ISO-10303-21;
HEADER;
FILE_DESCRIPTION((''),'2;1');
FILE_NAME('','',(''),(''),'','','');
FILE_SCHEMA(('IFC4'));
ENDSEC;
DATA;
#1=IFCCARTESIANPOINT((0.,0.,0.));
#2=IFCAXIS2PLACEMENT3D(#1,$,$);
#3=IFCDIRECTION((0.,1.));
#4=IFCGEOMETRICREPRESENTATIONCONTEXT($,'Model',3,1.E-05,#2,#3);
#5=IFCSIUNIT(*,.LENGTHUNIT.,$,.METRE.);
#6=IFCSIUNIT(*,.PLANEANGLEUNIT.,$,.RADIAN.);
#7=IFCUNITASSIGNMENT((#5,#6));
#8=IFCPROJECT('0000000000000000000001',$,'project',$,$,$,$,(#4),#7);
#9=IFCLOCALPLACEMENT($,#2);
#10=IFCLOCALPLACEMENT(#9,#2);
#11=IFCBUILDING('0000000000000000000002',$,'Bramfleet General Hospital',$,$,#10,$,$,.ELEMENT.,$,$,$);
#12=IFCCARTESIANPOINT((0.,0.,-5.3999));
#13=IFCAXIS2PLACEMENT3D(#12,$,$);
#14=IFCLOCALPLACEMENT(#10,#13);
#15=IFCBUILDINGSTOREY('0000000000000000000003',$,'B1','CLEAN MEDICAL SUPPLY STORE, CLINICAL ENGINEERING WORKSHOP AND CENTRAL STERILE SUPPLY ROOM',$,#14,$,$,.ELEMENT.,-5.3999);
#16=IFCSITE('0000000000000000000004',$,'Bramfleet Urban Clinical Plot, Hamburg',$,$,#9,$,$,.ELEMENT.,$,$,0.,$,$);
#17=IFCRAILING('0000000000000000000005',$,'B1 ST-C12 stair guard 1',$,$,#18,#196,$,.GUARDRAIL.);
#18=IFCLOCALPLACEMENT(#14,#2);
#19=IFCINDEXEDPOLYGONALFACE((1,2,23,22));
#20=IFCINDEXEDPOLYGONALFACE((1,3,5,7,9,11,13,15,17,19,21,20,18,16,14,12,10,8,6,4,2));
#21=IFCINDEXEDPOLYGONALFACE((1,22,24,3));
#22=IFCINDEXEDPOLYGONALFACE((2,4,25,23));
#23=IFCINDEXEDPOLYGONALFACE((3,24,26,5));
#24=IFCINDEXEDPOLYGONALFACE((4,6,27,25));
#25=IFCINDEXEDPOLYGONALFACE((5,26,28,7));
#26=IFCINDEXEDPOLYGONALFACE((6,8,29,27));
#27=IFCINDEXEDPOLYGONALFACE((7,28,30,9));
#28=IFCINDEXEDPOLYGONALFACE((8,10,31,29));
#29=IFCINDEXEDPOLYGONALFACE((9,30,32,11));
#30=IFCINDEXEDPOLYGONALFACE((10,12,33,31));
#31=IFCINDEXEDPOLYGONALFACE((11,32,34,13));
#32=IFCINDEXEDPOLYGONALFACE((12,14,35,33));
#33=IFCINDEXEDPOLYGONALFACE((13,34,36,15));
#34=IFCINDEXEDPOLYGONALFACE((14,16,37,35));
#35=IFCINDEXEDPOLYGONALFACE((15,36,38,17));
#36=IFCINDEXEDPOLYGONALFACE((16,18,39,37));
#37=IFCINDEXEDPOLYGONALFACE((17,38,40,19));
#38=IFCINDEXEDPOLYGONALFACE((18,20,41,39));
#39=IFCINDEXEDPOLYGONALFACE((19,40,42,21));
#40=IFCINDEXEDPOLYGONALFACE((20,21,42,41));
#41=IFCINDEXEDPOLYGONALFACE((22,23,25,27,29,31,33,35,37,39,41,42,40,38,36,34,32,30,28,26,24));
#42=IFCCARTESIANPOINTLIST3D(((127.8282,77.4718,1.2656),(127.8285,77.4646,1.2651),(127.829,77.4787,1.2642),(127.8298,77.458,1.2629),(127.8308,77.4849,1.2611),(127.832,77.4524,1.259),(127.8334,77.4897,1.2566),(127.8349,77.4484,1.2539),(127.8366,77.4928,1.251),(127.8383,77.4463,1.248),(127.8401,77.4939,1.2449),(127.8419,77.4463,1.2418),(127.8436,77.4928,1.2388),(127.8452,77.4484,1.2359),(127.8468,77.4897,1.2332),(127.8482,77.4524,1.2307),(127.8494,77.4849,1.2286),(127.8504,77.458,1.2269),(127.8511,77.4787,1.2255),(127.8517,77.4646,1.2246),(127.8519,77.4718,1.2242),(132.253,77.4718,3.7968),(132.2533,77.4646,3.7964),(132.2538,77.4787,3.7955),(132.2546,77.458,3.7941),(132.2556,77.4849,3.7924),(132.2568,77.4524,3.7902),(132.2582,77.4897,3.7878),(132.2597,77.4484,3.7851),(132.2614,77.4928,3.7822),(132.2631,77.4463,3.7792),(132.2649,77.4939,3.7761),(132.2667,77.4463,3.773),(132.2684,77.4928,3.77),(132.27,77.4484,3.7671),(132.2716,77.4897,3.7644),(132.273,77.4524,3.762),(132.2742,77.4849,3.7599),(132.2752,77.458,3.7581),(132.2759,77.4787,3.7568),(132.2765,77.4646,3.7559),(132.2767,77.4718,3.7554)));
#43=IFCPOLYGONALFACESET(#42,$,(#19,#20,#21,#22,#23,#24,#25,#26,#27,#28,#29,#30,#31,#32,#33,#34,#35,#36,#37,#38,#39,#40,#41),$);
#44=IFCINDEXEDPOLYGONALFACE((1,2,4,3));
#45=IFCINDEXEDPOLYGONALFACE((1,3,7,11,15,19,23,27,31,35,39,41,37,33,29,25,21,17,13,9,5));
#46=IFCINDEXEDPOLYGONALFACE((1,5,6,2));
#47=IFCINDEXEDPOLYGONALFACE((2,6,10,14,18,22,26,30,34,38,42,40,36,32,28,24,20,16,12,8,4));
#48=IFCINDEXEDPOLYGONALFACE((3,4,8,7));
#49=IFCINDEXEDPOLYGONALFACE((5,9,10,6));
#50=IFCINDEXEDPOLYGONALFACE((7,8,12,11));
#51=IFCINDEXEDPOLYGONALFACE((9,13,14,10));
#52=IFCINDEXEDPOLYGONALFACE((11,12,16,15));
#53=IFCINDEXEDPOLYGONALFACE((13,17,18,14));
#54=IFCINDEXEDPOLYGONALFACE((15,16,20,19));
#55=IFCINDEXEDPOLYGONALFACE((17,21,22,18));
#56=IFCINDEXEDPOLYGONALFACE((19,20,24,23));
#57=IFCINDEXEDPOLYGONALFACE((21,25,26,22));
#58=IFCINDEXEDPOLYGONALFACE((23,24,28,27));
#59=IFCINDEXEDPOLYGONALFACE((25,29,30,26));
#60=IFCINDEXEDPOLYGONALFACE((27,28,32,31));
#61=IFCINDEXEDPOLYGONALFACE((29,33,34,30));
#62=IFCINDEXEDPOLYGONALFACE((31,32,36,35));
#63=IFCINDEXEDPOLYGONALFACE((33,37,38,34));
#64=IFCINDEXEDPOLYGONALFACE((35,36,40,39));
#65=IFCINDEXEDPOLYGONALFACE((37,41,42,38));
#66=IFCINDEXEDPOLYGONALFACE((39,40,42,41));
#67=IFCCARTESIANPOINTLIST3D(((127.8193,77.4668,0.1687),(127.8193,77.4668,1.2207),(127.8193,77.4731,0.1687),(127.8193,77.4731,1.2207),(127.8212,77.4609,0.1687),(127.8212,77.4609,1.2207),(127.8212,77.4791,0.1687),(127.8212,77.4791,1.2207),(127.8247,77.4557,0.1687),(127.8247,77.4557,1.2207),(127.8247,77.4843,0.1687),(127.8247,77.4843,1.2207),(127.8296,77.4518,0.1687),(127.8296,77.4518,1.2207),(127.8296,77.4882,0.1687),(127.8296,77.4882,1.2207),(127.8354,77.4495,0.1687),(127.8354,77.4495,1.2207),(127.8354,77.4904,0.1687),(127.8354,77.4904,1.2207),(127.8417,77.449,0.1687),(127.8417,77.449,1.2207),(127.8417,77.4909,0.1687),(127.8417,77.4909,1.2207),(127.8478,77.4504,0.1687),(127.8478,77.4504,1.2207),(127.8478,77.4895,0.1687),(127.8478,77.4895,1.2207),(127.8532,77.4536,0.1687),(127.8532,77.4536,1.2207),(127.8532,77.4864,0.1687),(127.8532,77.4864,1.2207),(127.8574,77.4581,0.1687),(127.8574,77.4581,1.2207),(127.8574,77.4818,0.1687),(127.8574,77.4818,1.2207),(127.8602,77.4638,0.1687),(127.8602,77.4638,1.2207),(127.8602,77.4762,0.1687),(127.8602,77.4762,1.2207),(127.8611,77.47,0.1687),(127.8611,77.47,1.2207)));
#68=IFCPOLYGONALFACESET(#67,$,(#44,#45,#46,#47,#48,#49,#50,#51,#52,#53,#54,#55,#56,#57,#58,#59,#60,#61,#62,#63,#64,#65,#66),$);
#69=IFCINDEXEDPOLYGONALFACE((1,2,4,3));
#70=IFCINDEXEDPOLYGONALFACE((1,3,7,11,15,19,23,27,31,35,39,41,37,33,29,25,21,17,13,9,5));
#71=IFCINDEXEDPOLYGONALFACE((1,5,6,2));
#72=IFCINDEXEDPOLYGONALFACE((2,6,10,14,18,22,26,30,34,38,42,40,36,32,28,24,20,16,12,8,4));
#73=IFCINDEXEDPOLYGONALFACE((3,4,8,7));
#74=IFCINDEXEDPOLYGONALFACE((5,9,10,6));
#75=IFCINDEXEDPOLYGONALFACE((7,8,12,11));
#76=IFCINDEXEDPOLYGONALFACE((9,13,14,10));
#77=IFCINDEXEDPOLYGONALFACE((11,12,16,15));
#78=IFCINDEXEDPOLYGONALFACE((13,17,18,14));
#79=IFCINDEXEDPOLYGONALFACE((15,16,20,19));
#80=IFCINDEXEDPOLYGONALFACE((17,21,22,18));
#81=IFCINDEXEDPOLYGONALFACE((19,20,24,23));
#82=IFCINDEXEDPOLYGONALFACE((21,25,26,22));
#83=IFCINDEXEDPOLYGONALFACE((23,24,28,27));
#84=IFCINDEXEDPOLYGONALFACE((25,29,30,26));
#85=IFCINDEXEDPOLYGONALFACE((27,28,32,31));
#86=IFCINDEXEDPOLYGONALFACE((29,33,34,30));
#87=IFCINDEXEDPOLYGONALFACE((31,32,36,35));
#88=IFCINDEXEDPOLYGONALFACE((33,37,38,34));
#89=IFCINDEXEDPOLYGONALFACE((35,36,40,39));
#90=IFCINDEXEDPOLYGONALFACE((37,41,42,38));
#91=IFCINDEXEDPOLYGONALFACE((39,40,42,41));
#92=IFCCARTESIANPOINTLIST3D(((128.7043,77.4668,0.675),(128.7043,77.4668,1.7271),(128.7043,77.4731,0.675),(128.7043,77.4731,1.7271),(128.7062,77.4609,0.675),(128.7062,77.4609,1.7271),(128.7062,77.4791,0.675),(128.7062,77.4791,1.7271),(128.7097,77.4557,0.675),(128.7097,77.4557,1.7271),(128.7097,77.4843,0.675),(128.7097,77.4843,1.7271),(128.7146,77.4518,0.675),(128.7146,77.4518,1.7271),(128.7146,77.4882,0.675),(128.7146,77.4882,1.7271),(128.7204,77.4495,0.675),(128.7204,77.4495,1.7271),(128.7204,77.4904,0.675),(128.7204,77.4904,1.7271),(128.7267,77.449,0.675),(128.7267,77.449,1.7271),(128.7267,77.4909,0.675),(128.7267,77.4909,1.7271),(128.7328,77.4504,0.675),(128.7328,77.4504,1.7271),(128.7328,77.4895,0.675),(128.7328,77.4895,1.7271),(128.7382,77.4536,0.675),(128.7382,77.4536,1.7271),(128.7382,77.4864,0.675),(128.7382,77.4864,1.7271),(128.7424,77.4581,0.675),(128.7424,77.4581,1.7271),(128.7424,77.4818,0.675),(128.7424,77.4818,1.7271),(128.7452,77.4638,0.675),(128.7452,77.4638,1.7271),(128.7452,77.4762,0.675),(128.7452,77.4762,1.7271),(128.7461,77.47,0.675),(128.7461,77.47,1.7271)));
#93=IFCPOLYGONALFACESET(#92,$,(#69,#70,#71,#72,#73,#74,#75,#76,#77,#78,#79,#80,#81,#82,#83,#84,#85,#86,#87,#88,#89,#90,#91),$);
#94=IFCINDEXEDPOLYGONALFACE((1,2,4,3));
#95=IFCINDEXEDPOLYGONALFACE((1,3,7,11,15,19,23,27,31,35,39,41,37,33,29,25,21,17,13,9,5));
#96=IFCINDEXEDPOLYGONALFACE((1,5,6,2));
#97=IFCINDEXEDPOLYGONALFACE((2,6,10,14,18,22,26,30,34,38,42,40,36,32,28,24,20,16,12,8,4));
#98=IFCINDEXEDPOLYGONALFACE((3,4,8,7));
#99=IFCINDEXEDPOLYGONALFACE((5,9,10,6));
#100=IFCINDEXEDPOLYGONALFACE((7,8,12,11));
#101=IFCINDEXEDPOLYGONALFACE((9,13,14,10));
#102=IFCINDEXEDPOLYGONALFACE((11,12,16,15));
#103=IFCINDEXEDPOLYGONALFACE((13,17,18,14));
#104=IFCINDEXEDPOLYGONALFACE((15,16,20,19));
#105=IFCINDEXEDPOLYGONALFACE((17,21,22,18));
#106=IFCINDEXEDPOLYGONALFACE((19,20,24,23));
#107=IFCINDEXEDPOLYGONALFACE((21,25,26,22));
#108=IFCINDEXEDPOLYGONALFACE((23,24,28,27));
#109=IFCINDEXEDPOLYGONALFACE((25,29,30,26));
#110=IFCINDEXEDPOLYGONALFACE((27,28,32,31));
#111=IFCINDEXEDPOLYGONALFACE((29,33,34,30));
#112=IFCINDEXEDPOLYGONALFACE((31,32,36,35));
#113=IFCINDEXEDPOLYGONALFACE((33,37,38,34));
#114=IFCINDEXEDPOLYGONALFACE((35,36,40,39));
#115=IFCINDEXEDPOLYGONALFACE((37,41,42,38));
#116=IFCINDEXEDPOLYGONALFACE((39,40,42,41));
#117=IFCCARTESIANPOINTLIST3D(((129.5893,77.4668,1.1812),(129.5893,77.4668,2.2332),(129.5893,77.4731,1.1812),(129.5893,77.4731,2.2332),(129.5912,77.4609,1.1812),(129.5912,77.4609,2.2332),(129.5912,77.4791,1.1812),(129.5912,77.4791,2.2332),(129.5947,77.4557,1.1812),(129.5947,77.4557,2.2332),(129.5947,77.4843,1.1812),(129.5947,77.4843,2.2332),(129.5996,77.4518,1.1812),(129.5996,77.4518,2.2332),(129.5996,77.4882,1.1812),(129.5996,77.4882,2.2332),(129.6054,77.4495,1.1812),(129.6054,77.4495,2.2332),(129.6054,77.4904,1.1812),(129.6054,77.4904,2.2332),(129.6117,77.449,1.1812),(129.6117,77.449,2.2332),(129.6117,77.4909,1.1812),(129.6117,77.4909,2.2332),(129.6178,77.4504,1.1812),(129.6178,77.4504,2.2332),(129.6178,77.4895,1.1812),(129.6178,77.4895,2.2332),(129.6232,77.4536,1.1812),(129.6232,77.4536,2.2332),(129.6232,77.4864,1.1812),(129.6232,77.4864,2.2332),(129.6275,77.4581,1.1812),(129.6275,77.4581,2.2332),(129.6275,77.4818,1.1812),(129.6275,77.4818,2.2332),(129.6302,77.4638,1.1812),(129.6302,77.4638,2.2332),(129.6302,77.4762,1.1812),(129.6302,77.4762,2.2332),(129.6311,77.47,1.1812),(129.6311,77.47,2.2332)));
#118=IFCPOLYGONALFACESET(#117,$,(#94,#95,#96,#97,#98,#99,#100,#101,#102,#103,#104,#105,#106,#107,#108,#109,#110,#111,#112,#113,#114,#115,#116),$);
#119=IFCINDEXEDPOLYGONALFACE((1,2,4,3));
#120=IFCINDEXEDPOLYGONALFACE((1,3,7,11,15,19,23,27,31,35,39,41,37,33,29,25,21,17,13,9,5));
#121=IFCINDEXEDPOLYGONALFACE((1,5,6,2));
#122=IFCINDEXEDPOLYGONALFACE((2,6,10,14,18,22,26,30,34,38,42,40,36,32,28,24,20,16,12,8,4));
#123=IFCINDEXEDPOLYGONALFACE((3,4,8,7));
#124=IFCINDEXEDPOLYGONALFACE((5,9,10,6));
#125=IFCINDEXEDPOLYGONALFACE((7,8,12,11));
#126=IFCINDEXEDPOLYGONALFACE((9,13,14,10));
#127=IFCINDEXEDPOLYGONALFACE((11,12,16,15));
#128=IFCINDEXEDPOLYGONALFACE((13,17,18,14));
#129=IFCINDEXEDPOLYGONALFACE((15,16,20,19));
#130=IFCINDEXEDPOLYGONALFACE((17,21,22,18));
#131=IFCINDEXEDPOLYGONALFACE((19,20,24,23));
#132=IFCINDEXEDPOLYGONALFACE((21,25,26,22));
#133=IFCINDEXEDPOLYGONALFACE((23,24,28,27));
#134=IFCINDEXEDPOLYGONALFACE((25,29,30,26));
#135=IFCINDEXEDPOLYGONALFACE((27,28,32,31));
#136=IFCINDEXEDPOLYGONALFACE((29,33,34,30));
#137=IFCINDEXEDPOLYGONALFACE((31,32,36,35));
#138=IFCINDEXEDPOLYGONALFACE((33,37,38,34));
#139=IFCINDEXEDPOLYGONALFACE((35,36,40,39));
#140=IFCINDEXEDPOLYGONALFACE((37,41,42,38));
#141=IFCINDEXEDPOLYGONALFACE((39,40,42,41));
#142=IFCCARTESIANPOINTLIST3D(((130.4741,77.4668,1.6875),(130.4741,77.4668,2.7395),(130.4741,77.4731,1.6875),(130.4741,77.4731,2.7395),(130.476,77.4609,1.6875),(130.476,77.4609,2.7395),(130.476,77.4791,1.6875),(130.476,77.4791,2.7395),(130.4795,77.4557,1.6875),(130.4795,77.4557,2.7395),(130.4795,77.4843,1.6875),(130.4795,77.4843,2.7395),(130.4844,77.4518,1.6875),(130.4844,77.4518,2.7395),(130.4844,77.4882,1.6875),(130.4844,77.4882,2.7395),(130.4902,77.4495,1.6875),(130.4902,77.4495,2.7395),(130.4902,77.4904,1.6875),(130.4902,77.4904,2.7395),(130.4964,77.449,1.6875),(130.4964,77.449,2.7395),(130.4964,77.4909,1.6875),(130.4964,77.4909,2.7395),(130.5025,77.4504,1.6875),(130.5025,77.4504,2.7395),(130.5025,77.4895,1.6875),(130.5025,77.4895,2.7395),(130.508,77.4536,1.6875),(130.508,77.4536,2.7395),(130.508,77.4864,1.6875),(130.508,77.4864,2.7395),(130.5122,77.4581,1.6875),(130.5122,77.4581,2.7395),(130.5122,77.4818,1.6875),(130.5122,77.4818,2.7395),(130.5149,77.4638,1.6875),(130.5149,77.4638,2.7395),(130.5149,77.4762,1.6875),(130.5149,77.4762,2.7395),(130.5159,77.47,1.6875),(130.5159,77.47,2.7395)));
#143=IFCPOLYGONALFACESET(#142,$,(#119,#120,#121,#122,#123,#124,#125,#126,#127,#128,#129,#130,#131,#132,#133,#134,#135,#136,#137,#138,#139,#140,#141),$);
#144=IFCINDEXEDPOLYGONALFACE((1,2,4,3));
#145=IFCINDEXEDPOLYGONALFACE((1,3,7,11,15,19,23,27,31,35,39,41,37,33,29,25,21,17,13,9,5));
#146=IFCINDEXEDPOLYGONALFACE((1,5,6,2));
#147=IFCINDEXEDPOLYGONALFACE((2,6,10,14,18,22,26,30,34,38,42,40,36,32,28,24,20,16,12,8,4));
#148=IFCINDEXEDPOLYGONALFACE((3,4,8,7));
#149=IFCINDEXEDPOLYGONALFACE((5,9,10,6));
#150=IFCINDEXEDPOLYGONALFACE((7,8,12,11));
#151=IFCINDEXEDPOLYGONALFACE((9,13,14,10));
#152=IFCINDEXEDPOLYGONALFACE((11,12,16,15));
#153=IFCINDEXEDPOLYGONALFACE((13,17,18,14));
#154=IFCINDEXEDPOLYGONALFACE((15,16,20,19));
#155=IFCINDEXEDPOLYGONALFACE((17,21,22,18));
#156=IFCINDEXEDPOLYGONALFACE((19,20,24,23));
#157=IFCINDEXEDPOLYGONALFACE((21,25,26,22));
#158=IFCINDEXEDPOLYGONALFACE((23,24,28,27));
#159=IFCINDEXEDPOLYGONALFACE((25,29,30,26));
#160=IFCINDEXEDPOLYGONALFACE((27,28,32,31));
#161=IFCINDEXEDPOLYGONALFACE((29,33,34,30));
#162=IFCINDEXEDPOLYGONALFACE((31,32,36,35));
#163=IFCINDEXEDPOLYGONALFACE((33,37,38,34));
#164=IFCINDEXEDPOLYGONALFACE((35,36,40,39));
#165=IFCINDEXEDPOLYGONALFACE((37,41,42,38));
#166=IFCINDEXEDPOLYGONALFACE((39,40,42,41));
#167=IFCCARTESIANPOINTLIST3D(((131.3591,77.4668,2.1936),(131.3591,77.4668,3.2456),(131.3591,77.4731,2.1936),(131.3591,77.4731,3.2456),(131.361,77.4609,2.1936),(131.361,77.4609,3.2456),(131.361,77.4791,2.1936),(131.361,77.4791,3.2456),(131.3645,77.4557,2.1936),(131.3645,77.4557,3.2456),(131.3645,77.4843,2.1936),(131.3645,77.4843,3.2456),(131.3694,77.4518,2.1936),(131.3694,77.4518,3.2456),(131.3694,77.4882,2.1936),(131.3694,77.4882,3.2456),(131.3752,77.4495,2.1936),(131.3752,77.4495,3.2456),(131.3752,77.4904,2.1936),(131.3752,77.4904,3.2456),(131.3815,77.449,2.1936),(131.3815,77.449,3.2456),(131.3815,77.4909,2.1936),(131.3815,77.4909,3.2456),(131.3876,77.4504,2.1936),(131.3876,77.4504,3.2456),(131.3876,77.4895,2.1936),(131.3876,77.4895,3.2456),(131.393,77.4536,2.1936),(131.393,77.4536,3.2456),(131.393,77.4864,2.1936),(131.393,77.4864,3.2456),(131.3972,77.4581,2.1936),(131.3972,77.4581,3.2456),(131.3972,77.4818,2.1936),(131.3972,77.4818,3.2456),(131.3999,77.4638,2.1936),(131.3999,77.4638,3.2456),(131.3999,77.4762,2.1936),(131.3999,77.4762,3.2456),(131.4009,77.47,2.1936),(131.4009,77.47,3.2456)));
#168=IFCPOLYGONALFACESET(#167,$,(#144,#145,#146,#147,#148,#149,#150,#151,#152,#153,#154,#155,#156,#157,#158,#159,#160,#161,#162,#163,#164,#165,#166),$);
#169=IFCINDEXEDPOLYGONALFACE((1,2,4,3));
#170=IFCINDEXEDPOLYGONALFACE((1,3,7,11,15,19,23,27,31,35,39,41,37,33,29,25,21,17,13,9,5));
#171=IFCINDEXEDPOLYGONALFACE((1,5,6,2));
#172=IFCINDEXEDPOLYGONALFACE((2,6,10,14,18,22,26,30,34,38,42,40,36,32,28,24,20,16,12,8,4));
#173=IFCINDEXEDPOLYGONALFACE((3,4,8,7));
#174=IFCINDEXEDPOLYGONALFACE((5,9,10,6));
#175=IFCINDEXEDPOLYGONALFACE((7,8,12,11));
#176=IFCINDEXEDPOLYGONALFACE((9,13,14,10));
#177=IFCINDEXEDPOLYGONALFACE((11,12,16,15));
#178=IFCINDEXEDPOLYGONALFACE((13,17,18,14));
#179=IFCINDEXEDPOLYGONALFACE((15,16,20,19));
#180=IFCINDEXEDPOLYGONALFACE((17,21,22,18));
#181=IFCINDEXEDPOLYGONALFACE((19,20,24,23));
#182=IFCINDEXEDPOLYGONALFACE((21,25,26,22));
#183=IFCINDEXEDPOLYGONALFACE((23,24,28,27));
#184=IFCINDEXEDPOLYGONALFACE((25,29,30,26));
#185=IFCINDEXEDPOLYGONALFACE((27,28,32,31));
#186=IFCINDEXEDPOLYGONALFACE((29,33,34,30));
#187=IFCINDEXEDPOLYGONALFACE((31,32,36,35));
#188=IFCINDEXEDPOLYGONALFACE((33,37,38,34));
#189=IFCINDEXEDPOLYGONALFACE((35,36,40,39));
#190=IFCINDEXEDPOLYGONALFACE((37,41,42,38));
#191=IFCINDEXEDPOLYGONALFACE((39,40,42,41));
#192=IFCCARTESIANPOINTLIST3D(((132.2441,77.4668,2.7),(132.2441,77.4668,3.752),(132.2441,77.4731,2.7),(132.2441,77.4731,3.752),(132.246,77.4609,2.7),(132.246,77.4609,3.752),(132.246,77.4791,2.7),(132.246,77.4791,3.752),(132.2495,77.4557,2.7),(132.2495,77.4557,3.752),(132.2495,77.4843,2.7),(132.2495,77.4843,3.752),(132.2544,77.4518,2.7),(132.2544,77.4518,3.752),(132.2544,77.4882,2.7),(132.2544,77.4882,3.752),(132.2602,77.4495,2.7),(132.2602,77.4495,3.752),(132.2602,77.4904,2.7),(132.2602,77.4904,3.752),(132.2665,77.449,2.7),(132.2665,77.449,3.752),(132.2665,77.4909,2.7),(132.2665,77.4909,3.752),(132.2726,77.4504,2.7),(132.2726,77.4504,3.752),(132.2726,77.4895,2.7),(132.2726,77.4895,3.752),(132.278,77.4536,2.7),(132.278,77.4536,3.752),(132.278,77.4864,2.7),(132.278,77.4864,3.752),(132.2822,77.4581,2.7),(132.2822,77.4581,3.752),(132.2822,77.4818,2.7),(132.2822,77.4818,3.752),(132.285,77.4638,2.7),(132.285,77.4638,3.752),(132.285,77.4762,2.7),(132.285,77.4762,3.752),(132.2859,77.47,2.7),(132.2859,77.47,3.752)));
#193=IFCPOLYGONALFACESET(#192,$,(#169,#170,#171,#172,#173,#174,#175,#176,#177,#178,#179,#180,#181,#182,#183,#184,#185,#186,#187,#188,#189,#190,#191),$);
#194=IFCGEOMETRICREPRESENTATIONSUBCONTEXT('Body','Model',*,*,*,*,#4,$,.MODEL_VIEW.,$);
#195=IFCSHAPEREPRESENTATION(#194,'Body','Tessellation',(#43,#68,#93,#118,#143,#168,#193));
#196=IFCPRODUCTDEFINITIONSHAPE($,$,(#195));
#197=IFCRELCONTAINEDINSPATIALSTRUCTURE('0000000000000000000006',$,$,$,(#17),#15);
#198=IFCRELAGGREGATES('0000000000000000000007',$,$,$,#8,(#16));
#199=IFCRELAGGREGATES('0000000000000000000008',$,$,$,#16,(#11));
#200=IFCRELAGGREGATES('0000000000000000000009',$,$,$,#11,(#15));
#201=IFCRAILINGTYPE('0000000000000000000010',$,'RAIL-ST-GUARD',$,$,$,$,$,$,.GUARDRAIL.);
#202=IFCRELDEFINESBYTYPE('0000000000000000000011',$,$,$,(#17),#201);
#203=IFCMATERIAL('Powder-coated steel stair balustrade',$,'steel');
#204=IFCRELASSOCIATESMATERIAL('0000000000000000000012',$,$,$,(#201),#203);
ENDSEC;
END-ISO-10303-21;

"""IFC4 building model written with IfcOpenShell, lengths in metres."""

from ifc_helpers import new_model, si_unit, direction, frame, origin, origin_2d, place, context, subcontext, project, spatial, circle, extrude, material, type_object, element, save


model = new_model("IFC4")

# Units and contexts
model_context = context("Model", 3, precision=1e-05, world=origin(), true_north=direction((0.0, 1.0)))
body_context = subcontext(model_context, "Body", "Model", "MODEL_VIEW")
ifc_project = project(units=[si_unit("LENGTHUNIT", "METRE"), si_unit("PLANEANGLEUNIT", "RADIAN")], contexts=[model_context])

# Site, building, storey
site_placement = place(None, origin())
site = spatial("IfcSite", under=ifc_project, at=site_placement, Name="Bramfleet Urban Clinical Plot, Hamburg", CompositionType="ELEMENT", RefElevation=0.0)
building_placement = place(site_placement, origin())
building = spatial("IfcBuilding", under=site, at=building_placement, Name="Bramfleet General Hospital", CompositionType="ELEMENT")
storey_placement = place(building_placement, frame((0.0, 0.0, -5.3999)))
storey = spatial("IfcBuildingStorey", under=building, at=storey_placement, Name="B1", Description="CLEAN MEDICAL SUPPLY STORE, CLINICAL ENGINEERING WORKSHOP AND CENTRAL STERILE SUPPLY ROOM", CompositionType="ELEMENT", Elevation=-5.3999)

# Railing
ifc_material_1 = material(Name="Powder-coated steel stair balustrade", Category="steel")
railing_type_1 = type_object("IfcRailingType", Name="RAIL-ST-GUARD", PredefinedType="GUARDRAIL", material=ifc_material_1)
railing_1_placement = place(storey_placement, frame((127.8401, 77.47, 0.1687)))
element("IfcRailing", 1, at=railing_1_placement, inside=storey, type_object=railing_type_1, Name="B1 ST-C12 stair guard 1", PredefinedType="GUARDRAIL", context=body_context, shape_type="SweptSolid", body=[
    extrude(circle(Radius=0.0239, at=origin_2d()), frame((0.0, 0.0, 1.0762), z_axis=(0.868007, 0.0, 0.496551), x_axis=(0.0, 1.0, 0.0)), (0.0, 0.0, 1.0), 5.0977),
    extrude(circle(Radius=0.021, at=origin_2d()), origin(), (0.0, 0.0, 1.0), 1.052),
    extrude(circle(Radius=0.021, at=origin_2d()), frame((0.885, 0.0, 0.5063)), (0.0, 0.0, 1.0), 1.052),
    extrude(circle(Radius=0.021, at=origin_2d()), frame((1.77, 0.0, 1.0125)), (0.0, 0.0, 1.0), 1.052),
    extrude(circle(Radius=0.021, at=origin_2d()), frame((2.6548, 0.0, 1.5188)), (0.0, 0.0, 1.0), 1.052),
    extrude(circle(Radius=0.021, at=origin_2d()), frame((3.5398, 0.0, 2.0249)), (0.0, 0.0, 1.0), 1.052),
    extrude(circle(Radius=0.021, at=origin_2d()), frame((4.4248, 0.0, 2.5312)), (0.0, 0.0, 1.0), 1.052),
])

save(model, "model.ifc")
